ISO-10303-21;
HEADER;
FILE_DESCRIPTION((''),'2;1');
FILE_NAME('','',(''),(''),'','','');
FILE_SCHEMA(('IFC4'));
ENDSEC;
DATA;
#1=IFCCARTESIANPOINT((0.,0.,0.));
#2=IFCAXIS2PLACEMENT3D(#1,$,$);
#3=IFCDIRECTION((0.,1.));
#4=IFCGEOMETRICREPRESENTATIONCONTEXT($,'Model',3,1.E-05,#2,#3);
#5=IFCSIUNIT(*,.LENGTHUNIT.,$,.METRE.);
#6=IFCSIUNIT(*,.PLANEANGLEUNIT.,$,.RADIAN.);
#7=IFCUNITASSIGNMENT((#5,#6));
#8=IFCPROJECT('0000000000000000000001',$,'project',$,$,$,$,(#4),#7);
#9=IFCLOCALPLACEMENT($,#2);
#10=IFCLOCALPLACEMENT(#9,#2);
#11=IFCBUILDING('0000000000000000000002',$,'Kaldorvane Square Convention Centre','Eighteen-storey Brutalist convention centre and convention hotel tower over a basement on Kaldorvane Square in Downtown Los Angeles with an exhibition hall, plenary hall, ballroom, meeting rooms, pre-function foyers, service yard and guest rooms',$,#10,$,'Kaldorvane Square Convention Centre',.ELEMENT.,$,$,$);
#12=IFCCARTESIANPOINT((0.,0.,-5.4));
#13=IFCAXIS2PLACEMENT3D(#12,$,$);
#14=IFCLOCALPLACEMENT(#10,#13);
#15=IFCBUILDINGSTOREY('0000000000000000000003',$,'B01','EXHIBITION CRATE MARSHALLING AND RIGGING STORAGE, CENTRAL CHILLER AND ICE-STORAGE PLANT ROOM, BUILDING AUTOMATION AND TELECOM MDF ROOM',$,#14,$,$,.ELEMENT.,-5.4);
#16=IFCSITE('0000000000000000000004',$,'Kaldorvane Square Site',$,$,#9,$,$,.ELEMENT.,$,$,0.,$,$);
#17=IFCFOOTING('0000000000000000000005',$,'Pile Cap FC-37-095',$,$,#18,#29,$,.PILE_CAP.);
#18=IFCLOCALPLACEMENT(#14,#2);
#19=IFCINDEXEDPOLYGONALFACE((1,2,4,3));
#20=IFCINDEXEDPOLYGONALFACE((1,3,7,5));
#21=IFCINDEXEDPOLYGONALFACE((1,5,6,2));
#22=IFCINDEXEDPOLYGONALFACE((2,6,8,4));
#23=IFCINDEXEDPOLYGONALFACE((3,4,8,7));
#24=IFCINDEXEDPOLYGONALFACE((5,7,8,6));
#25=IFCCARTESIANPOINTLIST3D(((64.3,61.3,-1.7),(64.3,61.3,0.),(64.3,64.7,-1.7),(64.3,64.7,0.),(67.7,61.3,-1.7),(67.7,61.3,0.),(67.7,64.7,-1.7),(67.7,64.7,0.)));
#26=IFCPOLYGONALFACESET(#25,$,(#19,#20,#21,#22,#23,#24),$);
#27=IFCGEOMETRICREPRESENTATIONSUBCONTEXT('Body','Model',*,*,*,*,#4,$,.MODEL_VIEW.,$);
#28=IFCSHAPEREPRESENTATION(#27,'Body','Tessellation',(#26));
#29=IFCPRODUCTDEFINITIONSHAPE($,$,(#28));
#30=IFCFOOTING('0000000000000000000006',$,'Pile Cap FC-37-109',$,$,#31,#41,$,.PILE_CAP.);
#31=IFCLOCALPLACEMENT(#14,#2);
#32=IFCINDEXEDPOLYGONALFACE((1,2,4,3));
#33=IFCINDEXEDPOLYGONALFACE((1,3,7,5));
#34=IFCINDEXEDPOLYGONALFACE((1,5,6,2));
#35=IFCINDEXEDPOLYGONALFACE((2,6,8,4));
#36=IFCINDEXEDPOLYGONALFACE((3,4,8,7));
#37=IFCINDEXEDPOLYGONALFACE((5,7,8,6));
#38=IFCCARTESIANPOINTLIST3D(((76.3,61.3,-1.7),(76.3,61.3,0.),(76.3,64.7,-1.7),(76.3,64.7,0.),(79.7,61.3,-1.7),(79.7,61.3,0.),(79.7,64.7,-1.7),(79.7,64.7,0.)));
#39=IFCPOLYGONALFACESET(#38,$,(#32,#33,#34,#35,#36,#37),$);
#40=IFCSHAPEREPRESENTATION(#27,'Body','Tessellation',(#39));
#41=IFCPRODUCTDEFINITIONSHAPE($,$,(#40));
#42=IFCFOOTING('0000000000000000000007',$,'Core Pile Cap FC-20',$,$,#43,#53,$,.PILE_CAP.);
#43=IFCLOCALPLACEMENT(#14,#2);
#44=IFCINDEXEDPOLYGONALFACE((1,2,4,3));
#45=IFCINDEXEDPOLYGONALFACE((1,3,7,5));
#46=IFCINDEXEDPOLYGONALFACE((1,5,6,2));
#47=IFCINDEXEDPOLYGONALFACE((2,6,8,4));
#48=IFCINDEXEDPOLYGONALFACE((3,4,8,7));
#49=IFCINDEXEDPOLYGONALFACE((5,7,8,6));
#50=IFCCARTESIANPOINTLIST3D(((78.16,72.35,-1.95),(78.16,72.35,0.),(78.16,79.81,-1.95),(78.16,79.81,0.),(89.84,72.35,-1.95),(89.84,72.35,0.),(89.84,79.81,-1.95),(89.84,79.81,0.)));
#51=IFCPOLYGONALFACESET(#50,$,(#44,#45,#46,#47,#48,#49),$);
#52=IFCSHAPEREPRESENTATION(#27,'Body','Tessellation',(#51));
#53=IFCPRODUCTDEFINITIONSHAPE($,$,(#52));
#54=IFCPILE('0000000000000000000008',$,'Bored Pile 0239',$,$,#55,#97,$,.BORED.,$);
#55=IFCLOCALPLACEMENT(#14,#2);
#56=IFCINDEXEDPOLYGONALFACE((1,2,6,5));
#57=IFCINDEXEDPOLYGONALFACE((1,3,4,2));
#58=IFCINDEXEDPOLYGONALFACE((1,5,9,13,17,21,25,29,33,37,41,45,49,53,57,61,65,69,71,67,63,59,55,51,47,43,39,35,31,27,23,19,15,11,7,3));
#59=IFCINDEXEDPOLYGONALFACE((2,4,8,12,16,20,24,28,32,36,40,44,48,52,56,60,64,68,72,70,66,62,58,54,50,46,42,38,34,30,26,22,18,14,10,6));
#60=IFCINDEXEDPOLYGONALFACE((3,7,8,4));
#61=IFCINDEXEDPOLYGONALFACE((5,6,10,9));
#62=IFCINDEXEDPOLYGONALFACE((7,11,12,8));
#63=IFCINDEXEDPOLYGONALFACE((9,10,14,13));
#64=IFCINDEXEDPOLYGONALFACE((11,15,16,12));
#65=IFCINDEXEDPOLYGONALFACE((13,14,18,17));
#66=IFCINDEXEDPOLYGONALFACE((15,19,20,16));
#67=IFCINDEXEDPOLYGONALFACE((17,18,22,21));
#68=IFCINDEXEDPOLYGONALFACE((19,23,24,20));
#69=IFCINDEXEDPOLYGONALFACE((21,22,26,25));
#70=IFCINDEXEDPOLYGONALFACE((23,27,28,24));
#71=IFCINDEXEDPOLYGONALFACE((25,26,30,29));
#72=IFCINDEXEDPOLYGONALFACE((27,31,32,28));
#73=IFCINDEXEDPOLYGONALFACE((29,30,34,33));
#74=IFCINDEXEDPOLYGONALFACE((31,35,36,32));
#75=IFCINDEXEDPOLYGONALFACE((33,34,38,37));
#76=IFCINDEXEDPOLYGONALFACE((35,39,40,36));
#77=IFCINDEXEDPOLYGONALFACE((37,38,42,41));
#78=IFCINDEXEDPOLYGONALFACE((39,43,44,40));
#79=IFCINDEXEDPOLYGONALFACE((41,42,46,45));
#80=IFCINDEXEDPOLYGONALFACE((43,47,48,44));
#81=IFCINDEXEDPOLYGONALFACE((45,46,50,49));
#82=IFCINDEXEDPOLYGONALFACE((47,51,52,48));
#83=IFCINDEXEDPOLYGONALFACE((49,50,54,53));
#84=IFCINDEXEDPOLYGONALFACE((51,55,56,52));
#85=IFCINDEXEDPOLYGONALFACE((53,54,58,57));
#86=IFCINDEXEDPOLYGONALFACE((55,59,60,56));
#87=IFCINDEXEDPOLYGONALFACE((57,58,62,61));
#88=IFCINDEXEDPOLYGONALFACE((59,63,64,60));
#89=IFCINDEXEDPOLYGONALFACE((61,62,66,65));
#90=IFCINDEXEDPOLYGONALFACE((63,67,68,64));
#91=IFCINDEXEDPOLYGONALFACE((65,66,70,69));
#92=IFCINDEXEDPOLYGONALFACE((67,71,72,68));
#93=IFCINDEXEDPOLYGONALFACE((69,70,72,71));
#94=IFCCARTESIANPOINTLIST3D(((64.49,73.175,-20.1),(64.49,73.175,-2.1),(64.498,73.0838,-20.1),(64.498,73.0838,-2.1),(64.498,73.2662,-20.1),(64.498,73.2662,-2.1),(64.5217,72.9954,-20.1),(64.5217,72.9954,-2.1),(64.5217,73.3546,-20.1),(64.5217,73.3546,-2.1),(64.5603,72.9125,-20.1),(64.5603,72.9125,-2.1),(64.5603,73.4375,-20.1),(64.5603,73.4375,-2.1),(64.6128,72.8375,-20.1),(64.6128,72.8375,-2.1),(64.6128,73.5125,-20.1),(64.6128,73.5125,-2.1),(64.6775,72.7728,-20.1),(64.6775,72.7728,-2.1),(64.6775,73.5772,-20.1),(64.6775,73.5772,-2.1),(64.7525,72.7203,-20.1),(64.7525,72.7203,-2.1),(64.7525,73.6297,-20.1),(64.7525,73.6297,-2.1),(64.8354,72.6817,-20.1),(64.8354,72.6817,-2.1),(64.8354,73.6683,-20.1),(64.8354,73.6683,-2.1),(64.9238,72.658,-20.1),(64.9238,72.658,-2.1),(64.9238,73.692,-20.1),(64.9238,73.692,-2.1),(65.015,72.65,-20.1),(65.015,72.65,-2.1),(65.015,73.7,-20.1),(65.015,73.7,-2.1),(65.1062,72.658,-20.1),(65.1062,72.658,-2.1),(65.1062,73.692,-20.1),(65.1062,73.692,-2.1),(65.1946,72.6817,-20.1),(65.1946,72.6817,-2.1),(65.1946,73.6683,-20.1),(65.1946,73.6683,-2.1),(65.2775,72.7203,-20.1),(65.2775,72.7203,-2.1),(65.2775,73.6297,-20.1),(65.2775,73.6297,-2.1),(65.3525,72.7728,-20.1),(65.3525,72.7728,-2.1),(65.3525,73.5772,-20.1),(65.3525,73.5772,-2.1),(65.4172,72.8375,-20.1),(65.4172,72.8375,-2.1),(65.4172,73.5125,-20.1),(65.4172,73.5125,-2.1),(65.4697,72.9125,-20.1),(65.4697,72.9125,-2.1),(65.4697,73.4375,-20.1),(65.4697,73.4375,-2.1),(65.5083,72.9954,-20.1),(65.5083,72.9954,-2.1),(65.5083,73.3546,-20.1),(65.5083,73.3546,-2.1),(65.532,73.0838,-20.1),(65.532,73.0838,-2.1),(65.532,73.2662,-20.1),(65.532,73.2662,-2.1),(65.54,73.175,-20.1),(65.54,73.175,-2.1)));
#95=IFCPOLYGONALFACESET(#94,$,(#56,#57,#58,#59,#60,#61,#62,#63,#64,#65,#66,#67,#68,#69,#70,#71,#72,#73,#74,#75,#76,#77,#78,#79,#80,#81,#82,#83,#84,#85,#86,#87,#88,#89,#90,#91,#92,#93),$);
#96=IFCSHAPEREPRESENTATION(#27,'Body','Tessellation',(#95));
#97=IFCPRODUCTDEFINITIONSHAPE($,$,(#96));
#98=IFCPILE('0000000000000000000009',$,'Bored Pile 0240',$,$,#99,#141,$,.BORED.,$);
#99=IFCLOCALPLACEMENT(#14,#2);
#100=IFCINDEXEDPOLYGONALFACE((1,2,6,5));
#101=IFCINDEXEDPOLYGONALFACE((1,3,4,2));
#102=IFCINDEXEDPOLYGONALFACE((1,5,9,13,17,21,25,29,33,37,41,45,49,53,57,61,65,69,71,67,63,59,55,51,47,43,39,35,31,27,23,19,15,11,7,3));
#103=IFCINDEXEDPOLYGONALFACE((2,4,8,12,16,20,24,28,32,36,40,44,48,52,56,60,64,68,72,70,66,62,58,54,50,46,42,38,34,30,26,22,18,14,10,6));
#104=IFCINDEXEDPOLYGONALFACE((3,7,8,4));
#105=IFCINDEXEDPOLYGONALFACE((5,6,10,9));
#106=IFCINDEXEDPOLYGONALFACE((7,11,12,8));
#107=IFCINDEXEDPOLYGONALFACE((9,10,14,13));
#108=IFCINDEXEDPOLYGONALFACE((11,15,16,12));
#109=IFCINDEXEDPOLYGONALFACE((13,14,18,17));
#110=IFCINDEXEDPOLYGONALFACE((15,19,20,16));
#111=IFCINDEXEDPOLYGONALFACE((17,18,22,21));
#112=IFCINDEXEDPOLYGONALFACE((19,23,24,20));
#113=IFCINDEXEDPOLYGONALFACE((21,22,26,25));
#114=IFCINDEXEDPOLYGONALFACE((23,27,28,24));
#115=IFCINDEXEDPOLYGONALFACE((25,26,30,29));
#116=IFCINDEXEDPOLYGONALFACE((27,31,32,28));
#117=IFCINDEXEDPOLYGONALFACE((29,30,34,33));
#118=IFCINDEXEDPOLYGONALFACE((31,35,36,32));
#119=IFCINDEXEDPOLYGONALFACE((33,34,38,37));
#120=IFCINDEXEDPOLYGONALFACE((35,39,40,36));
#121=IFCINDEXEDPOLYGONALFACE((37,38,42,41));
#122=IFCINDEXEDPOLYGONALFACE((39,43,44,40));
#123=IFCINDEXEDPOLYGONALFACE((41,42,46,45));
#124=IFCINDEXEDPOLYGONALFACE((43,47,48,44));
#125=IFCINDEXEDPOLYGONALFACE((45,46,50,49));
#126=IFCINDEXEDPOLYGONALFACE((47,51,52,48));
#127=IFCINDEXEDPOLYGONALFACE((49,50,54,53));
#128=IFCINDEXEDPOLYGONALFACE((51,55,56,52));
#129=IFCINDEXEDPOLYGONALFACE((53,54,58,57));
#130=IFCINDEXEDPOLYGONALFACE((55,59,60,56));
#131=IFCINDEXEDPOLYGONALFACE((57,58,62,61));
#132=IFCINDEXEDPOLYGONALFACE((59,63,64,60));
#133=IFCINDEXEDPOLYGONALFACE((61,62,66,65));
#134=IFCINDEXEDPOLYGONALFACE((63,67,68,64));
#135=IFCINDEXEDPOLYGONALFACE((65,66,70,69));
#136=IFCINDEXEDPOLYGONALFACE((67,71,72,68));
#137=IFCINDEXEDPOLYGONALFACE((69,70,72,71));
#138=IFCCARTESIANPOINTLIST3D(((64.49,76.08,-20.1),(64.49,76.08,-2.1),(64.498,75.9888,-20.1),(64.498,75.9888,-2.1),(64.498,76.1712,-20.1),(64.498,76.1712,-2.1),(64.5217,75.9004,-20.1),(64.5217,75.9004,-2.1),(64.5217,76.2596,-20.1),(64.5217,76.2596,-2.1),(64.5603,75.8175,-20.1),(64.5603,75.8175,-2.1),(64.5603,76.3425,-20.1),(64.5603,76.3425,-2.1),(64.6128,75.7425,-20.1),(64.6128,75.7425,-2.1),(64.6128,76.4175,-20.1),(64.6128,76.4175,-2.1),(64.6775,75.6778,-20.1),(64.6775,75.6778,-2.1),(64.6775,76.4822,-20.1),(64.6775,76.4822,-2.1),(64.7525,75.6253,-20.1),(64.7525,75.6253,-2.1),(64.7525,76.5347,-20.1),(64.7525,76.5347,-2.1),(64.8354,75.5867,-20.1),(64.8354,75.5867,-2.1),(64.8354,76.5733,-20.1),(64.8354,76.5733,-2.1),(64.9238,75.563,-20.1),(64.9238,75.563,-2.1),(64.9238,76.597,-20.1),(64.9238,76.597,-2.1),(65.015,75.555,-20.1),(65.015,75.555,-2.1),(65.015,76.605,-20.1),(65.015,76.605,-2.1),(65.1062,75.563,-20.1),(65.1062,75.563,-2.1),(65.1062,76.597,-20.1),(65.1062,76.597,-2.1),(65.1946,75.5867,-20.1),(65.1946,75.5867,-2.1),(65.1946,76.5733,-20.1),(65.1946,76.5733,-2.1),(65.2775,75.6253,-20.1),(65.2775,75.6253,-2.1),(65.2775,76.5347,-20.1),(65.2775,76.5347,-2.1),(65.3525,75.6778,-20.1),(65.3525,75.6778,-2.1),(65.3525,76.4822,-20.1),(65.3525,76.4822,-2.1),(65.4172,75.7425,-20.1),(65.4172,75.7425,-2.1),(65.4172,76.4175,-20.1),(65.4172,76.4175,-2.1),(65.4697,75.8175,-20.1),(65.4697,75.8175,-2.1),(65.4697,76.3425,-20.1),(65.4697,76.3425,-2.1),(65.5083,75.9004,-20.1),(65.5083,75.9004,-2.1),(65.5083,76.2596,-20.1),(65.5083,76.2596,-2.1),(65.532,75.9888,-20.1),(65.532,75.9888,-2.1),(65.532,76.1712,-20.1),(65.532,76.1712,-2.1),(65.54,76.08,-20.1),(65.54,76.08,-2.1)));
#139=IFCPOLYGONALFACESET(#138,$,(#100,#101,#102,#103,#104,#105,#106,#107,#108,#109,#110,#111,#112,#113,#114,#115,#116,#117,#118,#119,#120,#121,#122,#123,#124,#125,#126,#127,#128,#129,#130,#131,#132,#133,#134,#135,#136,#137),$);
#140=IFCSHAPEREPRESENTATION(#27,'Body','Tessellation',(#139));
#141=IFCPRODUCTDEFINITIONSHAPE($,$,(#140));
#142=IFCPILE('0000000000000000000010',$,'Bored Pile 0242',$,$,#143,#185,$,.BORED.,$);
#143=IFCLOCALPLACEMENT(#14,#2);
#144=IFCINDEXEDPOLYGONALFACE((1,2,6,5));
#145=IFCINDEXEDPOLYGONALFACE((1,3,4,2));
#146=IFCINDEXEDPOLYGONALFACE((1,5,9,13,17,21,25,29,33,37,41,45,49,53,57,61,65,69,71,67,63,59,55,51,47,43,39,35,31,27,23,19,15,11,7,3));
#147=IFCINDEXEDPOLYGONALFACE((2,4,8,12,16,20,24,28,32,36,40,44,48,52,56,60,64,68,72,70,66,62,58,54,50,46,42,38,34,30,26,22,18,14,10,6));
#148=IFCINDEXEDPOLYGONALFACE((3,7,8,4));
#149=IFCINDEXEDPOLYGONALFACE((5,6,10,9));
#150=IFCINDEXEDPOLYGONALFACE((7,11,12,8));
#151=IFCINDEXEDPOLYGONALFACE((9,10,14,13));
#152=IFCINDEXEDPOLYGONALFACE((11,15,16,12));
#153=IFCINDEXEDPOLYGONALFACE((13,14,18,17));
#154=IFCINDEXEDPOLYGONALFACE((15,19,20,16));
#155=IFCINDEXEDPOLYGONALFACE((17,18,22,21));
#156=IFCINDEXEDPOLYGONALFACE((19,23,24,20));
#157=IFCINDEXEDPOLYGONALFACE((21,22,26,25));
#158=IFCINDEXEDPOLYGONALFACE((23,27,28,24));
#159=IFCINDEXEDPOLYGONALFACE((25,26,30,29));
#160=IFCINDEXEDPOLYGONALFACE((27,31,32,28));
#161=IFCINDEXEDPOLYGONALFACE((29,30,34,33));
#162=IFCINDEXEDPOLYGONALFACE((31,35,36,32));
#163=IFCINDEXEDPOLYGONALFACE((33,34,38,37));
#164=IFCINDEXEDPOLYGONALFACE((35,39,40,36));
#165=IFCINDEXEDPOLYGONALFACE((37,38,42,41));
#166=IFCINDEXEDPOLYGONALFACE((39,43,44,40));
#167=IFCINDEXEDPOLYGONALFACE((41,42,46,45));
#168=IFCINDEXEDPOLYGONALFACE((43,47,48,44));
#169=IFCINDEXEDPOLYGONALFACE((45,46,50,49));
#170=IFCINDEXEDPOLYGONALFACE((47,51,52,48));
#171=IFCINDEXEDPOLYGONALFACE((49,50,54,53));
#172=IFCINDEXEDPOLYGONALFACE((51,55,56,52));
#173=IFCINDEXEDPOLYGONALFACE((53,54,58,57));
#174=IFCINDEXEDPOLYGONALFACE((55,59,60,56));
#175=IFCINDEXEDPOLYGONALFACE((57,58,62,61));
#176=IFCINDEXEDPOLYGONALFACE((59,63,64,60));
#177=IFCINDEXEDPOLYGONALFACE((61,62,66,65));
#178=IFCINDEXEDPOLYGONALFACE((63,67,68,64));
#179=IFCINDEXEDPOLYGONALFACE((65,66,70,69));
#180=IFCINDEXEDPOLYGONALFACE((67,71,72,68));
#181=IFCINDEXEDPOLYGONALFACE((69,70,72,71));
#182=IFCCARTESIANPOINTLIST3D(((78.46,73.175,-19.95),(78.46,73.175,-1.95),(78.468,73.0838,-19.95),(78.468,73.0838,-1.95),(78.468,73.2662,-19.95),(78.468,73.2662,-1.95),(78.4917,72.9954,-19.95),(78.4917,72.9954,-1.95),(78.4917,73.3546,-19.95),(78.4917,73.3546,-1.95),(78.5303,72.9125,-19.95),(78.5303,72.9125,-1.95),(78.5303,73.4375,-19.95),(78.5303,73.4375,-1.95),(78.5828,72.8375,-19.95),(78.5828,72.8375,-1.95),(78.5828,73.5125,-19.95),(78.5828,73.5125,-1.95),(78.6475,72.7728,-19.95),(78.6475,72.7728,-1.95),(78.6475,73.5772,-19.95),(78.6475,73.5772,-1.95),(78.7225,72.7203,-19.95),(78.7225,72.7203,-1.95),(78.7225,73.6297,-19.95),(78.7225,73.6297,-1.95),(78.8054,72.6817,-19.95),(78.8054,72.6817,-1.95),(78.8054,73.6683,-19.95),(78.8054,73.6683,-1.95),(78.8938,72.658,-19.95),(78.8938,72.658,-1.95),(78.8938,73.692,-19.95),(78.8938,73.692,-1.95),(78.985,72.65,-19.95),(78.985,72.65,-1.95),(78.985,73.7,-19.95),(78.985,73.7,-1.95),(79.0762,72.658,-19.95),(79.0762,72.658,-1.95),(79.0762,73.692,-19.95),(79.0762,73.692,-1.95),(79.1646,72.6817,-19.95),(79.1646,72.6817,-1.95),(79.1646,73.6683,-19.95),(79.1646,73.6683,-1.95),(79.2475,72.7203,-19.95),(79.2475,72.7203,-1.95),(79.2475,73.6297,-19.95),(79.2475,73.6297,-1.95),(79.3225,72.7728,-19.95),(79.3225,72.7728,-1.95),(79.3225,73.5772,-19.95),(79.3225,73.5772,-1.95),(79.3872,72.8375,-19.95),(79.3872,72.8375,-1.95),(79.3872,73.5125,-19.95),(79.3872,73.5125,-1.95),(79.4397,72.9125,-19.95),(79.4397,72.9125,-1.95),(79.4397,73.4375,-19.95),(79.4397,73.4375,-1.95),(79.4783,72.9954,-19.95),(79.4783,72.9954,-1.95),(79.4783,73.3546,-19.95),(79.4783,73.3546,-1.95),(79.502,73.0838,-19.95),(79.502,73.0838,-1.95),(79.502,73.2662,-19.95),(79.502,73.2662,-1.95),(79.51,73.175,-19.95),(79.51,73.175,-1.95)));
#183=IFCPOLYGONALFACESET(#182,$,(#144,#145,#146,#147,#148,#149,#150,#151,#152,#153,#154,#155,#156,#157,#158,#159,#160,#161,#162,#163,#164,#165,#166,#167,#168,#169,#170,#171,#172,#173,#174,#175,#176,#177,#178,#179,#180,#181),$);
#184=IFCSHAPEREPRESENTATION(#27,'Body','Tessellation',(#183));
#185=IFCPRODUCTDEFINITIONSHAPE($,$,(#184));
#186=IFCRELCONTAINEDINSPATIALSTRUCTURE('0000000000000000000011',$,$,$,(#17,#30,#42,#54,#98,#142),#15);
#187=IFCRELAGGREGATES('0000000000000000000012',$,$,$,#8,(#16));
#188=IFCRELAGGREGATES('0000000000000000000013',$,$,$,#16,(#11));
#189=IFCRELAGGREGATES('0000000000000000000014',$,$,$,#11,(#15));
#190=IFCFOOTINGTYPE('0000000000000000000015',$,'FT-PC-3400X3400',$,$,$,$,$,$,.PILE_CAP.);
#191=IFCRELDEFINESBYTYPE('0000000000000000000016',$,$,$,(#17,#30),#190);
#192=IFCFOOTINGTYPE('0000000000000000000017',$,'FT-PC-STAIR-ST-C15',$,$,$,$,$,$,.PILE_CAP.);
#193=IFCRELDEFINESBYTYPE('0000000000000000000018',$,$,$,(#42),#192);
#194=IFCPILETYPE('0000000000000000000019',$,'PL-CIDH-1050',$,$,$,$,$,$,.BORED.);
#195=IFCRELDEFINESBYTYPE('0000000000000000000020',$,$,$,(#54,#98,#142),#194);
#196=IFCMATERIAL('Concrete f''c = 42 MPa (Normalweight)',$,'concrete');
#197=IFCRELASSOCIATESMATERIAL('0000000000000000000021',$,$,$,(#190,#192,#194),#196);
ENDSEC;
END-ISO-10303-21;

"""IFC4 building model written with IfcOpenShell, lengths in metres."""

from ifc_helpers import new_model, si_unit, direction, frame, origin, origin_2d, place, context, subcontext, project, spatial, rectangle, circle, extrude, material, material_profile, profile_set, type_object, element, save


model = new_model("IFC4")

# Units and contexts
model_context = context("Model", 3, precision=1e-05, world=origin(), true_north=direction((0.0, 1.0)))
body_context = subcontext(model_context, "Body", "Model", "MODEL_VIEW")
ifc_project = project(units=[si_unit("LENGTHUNIT", "METRE"), si_unit("PLANEANGLEUNIT", "RADIAN")], contexts=[model_context])

# Site, building, storey
site_placement = place(None, origin())
site = spatial("IfcSite", under=ifc_project, at=site_placement, Name="Kaldorvane Square Site", CompositionType="ELEMENT", RefElevation=0.0)
building_placement = place(site_placement, origin())
building = spatial("IfcBuilding", under=site, at=building_placement, Name="Kaldorvane Square Convention Centre", Description="Eighteen-storey Brutalist convention centre and convention hotel tower over a basement on Kaldorvane Square in Downtown Los Angeles with an exhibition hall, plenary hall, ballroom, meeting rooms, pre-function foyers, service yard and guest rooms", LongName="Kaldorvane Square Convention Centre", CompositionType="ELEMENT")
storey_placement = place(building_placement, frame((0.0, 0.0, -5.4)))
storey = spatial("IfcBuildingStorey", under=building, at=storey_placement, Name="B01", Description="EXHIBITION CRATE MARSHALLING AND RIGGING STORAGE, CENTRAL CHILLER AND ICE-STORAGE PLANT ROOM, BUILDING AUTOMATION AND TELECOM MDF ROOM", CompositionType="ELEMENT", Elevation=-5.4)

# Footings
ifc_material_1 = material(Name="Concrete f'c = 42 MPa (Normalweight)", Category="concrete")
footing_type_1 = type_object("IfcFootingType", Name="FT-PC-3400X3400", PredefinedType="PILE_CAP", material=ifc_material_1)
for number, where, z_axis, x_axis, name in (
    (1, (66.0, 63.0, -1.7), (0.0, 0.0, 1.0), (1.0, 0.0, 0.0), "Pile Cap FC-37-095"),
    (2, (78.0, 63.0, -1.7), (0.0, 0.0, 1.0), (1.0, 0.0, 0.0), "Pile Cap FC-37-109"),
):
    element("IfcFooting", number, at=place(storey_placement, frame(where, z_axis=z_axis, x_axis=x_axis)), inside=storey, type_object=footing_type_1, Name=name, PredefinedType="PILE_CAP", context=body_context, shape_type="SweptSolid", body=[
        extrude(rectangle(XDim=3.4, YDim=3.4, at=origin_2d()), origin(), (0.0, 0.0, 1.0), 1.7),
    ])
footing_type_2 = type_object("IfcFootingType", Name="FT-PC-STAIR-ST-C15", PredefinedType="PILE_CAP", material=ifc_material_1)
footing_placement = place(storey_placement, frame((84.0, 76.08, -1.95), z_axis=(0.0, 0.0, 1.0), x_axis=(1.0, 0.0, 0.0)))
element("IfcFooting", 3, at=footing_placement, inside=storey, type_object=footing_type_2, Name="Core Pile Cap FC-20", PredefinedType="PILE_CAP", context=body_context, shape_type="SweptSolid", body=[
    extrude(rectangle(XDim=11.68, YDim=7.46, at=origin_2d()), origin(), (0.0, 0.0, 1.0), 1.95),
])

# Piles
ifc_material_profile_1 = material_profile(ifc_material_1, circle(Radius=0.525, at=origin_2d()), Name="PILE-D1050")
ifc_profile_set_1 = profile_set([ifc_material_profile_1], Name="Concrete f'c = 42 MPa (Normalweight)")
pile_type_1 = type_object("IfcPileType", Name="PL-CIDH-1050", PredefinedType="BORED", material=ifc_profile_set_1)
for number, where, z_axis, x_axis, name in (
    (4, (65.015, 73.175, -2.1), (0.0, 0.0, -1.0), (1.0, 0.0, 0.0), "Bored Pile 0239"),
    (5, (65.015, 76.08, -2.1), (0.0, 0.0, -1.0), (1.0, 0.0, 0.0), "Bored Pile 0240"),
    (6, (78.985, 73.175, -1.95), (0.0, 0.0, -1.0), (1.0, 0.0, 0.0), "Bored Pile 0242"),
):
    element("IfcPile", number, at=place(storey_placement, frame(where, z_axis=z_axis, x_axis=x_axis)), inside=storey, type_object=pile_type_1, Name=name, PredefinedType="BORED", context=body_context, shape_type="SweptSolid", body=[
        extrude(circle(Radius=0.525, at=origin_2d()), origin(), (0.0, 0.0, 1.0), 18.0),
    ])

save(model, "model.ifc")
